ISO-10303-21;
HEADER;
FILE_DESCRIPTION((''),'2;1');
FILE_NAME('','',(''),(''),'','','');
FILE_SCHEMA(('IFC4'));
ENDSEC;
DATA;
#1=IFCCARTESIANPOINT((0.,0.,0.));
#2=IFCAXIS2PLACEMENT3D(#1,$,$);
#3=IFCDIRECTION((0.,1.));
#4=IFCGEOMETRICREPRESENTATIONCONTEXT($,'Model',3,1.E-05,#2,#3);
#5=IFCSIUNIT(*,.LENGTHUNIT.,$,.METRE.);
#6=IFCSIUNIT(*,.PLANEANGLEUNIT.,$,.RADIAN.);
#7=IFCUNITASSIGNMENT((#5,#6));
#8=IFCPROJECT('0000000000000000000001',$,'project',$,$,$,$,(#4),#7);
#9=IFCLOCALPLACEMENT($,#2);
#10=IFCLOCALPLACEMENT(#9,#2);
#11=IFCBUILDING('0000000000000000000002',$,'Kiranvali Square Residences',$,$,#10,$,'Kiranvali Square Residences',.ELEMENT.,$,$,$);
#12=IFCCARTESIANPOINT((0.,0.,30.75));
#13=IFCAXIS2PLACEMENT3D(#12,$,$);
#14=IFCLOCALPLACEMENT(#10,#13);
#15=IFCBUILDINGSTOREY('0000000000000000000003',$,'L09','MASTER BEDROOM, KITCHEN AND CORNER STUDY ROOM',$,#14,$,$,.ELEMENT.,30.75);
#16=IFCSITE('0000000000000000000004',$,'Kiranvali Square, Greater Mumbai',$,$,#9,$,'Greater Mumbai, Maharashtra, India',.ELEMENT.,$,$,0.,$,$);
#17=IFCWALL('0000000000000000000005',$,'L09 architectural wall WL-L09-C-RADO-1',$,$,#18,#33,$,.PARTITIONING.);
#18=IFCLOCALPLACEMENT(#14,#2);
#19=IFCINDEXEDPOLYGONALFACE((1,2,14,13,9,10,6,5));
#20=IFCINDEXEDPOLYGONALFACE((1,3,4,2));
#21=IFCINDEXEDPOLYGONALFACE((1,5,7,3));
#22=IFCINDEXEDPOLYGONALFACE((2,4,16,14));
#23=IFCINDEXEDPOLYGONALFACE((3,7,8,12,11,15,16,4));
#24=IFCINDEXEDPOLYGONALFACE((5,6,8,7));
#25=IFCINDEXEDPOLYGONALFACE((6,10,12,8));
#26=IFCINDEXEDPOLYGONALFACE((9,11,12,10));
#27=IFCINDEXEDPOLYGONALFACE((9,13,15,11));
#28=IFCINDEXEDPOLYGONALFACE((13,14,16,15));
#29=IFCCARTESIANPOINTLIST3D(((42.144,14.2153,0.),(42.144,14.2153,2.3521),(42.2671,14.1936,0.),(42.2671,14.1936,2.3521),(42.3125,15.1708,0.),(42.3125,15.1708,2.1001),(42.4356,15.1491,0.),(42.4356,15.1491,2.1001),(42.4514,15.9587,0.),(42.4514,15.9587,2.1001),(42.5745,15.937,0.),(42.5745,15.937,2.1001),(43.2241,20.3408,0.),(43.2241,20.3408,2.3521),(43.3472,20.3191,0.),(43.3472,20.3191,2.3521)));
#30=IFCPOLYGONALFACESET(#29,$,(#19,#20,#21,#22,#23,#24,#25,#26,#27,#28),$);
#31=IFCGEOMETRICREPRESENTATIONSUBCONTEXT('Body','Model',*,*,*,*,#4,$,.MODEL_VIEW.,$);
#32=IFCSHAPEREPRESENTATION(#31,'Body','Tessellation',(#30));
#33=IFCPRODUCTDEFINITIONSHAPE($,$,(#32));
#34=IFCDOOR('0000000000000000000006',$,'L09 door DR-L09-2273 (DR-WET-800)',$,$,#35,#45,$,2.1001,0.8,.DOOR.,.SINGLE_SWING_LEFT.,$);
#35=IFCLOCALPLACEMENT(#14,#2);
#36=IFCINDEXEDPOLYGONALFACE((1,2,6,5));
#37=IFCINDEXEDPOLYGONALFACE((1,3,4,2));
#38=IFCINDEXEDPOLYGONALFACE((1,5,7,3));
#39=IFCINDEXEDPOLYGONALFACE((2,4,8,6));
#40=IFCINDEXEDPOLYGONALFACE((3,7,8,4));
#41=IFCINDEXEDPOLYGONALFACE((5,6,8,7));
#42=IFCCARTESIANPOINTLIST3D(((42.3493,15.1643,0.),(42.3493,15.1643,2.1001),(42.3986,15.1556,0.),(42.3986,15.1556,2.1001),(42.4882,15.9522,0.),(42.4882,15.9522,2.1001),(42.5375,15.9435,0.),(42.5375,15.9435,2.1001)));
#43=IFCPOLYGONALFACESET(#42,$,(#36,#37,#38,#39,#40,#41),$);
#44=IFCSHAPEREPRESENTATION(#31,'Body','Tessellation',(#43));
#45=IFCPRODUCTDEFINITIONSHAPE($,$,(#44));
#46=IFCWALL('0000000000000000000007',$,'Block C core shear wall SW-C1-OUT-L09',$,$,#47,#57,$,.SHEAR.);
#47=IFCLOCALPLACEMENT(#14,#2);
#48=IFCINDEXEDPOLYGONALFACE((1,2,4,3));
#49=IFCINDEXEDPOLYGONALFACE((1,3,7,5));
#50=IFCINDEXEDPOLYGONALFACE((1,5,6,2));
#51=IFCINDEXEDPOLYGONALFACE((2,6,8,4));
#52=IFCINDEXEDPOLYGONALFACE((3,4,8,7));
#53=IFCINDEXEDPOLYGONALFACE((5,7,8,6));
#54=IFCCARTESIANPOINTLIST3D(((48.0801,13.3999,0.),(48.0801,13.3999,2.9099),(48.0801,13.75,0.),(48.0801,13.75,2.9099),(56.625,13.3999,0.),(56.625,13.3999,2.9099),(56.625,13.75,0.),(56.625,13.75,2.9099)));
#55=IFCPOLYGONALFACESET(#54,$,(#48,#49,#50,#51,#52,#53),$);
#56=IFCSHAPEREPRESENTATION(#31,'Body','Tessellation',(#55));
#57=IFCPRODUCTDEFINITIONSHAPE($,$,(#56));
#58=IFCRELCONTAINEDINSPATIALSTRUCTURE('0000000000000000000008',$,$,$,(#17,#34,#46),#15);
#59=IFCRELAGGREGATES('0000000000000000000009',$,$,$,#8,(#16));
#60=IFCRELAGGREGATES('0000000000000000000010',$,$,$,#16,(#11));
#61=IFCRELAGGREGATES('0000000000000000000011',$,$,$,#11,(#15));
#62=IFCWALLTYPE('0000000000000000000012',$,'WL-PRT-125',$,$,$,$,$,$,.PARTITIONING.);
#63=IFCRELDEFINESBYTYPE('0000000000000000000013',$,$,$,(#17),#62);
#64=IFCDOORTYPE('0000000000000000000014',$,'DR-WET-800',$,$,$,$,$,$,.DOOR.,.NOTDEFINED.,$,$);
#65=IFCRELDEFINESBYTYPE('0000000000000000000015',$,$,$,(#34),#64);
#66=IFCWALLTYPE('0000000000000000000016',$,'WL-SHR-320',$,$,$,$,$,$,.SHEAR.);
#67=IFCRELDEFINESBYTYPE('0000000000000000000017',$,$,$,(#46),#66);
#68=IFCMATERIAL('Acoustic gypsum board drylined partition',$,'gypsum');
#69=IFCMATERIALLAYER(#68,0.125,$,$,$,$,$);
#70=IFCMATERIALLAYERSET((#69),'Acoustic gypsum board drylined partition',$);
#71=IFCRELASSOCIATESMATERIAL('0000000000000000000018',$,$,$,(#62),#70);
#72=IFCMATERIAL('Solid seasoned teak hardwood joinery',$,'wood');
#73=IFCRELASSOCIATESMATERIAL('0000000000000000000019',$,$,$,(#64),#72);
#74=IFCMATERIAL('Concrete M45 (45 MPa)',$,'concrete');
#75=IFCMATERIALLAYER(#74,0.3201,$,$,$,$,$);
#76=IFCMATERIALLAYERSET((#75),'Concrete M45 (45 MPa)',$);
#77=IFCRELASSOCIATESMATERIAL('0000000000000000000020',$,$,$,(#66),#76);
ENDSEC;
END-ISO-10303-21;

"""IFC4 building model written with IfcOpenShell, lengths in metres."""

from ifc_helpers import new_model, si_unit, direction, frame, frame_2d, origin, place, context, subcontext, project, spatial, rectangle, extrude, material, layer, layer_set, type_object, element, fill, save


model = new_model("IFC4")

# Units and contexts
model_context = context("Model", 3, precision=1e-05, world=origin(), true_north=direction((0.0, 1.0)))
body_context = subcontext(model_context, "Body", "Model", "MODEL_VIEW")
ifc_project = project(units=[si_unit("LENGTHUNIT", "METRE"), si_unit("PLANEANGLEUNIT", "RADIAN")], contexts=[model_context])

# Site, building, storey
site_placement = place(None, origin())
site = spatial("IfcSite", under=ifc_project, at=site_placement, Name="Kiranvali Square, Greater Mumbai", LongName="Greater Mumbai, Maharashtra, India", CompositionType="ELEMENT", RefElevation=0.0)
building_placement = place(site_placement, origin())
building = spatial("IfcBuilding", under=site, at=building_placement, Name="Kiranvali Square Residences", LongName="Kiranvali Square Residences", CompositionType="ELEMENT")
storey_placement = place(building_placement, frame((0.0, 0.0, 30.75)))
storey = spatial("IfcBuildingStorey", under=building, at=storey_placement, Name="L09", Description="MASTER BEDROOM, KITCHEN AND CORNER STUDY ROOM", CompositionType="ELEMENT", Elevation=30.75)

# Wall, opening, door
ifc_material_1 = material(Name="Acoustic gypsum board drylined partition", Category="gypsum")
ifc_layer_1 = layer(ifc_material_1, 0.125)
ifc_layer_set_1 = layer_set([ifc_layer_1], Name="Acoustic gypsum board drylined partition")
wall_type_1 = type_object("IfcWallType", Name="WL-PRT-125", PredefinedType="PARTITIONING", material=ifc_layer_set_1)
wall_1_placement = place(storey_placement, frame((43.2856, 20.3298, 0.0), z_axis=(0.0, 0.0, 1.0), x_axis=(-0.173647, -0.984808, 0.0)))
wall_1 = element("IfcWall", 1, at=wall_1_placement, inside=storey, type_object=wall_type_1, Name="L09 architectural wall WL-L09-C-RADO-1", PredefinedType="PARTITIONING", context=body_context, shape_type="SweptSolid", body=[
    extrude(rectangle(XDim=6.22, YDim=0.125, at=frame_2d((3.1099, 0.0))), origin(), (0.0, 0.0, 1.0), 2.3521),
])
opening_1_placement = place(wall_1_placement, frame((4.4497, 0.0, 0.0)))
opening_1 = element("IfcOpeningElement", 2, at=opening_1_placement, cuts=wall_1, PredefinedType="OPENING", context=body_context, shape_type="SweptSolid", body=[
    extrude(rectangle(XDim=0.8, YDim=2.1001, at=frame_2d((0.3999, 1.05))), frame((0.0, 0.0725, 0.0), z_axis=(0.0, -1.0, 0.0), x_axis=(1.0, 0.0, 0.0)), (0.0, 0.0, 1.0), 0.145),
])
ifc_material_2 = material(Name="Solid seasoned teak hardwood joinery", Category="wood")
door_type_1 = type_object("IfcDoorType", Name="DR-WET-800", OperationType="NOTDEFINED", PredefinedType="DOOR", material=ifc_material_2)
door_1_placement = place(opening_1_placement, origin())
door_1 = element("IfcDoor", 3, at=door_1_placement, inside=storey, type_object=door_type_1, Name="L09 door DR-L09-2273 (DR-WET-800)", OperationType="SINGLE_SWING_LEFT", OverallHeight=2.1001, OverallWidth=0.8, PredefinedType="DOOR", context=body_context, shape_type="SweptSolid", body=[
    extrude(rectangle(XDim=0.8, YDim=2.1001, at=frame_2d((0.3999, 1.05))), frame((0.0, 0.0249, 0.0), z_axis=(0.0, -1.0, 0.0), x_axis=(1.0, 0.0, 0.0)), (0.0, 0.0, 1.0), 0.05),
])
fill(opening_1, door_1)

# Wall
ifc_material_3 = material(Name="Concrete M45 (45 MPa)", Category="concrete")
ifc_layer_2 = layer(ifc_material_3, 0.3201)
ifc_layer_set_2 = layer_set([ifc_layer_2], Name="Concrete M45 (45 MPa)")
wall_type_2 = type_object("IfcWallType", Name="WL-SHR-320", PredefinedType="SHEAR", material=ifc_layer_set_2)
wall_2_placement = place(storey_placement, frame((48.0801, 13.575, 0.0), z_axis=(0.0, 0.0, 1.0), x_axis=(1.0, 0.0, 0.0)))
element("IfcWall", 4, at=wall_2_placement, inside=storey, type_object=wall_type_2, Name="Block C core shear wall SW-C1-OUT-L09", PredefinedType="SHEAR", context=body_context, shape_type="SweptSolid", body=[
    extrude(rectangle(XDim=8.5449, YDim=0.3501, at=frame_2d((4.2725, 0.0))), origin(), (0.0, 0.0, 1.0), 2.9099),
])

save(model, "model.ifc")
